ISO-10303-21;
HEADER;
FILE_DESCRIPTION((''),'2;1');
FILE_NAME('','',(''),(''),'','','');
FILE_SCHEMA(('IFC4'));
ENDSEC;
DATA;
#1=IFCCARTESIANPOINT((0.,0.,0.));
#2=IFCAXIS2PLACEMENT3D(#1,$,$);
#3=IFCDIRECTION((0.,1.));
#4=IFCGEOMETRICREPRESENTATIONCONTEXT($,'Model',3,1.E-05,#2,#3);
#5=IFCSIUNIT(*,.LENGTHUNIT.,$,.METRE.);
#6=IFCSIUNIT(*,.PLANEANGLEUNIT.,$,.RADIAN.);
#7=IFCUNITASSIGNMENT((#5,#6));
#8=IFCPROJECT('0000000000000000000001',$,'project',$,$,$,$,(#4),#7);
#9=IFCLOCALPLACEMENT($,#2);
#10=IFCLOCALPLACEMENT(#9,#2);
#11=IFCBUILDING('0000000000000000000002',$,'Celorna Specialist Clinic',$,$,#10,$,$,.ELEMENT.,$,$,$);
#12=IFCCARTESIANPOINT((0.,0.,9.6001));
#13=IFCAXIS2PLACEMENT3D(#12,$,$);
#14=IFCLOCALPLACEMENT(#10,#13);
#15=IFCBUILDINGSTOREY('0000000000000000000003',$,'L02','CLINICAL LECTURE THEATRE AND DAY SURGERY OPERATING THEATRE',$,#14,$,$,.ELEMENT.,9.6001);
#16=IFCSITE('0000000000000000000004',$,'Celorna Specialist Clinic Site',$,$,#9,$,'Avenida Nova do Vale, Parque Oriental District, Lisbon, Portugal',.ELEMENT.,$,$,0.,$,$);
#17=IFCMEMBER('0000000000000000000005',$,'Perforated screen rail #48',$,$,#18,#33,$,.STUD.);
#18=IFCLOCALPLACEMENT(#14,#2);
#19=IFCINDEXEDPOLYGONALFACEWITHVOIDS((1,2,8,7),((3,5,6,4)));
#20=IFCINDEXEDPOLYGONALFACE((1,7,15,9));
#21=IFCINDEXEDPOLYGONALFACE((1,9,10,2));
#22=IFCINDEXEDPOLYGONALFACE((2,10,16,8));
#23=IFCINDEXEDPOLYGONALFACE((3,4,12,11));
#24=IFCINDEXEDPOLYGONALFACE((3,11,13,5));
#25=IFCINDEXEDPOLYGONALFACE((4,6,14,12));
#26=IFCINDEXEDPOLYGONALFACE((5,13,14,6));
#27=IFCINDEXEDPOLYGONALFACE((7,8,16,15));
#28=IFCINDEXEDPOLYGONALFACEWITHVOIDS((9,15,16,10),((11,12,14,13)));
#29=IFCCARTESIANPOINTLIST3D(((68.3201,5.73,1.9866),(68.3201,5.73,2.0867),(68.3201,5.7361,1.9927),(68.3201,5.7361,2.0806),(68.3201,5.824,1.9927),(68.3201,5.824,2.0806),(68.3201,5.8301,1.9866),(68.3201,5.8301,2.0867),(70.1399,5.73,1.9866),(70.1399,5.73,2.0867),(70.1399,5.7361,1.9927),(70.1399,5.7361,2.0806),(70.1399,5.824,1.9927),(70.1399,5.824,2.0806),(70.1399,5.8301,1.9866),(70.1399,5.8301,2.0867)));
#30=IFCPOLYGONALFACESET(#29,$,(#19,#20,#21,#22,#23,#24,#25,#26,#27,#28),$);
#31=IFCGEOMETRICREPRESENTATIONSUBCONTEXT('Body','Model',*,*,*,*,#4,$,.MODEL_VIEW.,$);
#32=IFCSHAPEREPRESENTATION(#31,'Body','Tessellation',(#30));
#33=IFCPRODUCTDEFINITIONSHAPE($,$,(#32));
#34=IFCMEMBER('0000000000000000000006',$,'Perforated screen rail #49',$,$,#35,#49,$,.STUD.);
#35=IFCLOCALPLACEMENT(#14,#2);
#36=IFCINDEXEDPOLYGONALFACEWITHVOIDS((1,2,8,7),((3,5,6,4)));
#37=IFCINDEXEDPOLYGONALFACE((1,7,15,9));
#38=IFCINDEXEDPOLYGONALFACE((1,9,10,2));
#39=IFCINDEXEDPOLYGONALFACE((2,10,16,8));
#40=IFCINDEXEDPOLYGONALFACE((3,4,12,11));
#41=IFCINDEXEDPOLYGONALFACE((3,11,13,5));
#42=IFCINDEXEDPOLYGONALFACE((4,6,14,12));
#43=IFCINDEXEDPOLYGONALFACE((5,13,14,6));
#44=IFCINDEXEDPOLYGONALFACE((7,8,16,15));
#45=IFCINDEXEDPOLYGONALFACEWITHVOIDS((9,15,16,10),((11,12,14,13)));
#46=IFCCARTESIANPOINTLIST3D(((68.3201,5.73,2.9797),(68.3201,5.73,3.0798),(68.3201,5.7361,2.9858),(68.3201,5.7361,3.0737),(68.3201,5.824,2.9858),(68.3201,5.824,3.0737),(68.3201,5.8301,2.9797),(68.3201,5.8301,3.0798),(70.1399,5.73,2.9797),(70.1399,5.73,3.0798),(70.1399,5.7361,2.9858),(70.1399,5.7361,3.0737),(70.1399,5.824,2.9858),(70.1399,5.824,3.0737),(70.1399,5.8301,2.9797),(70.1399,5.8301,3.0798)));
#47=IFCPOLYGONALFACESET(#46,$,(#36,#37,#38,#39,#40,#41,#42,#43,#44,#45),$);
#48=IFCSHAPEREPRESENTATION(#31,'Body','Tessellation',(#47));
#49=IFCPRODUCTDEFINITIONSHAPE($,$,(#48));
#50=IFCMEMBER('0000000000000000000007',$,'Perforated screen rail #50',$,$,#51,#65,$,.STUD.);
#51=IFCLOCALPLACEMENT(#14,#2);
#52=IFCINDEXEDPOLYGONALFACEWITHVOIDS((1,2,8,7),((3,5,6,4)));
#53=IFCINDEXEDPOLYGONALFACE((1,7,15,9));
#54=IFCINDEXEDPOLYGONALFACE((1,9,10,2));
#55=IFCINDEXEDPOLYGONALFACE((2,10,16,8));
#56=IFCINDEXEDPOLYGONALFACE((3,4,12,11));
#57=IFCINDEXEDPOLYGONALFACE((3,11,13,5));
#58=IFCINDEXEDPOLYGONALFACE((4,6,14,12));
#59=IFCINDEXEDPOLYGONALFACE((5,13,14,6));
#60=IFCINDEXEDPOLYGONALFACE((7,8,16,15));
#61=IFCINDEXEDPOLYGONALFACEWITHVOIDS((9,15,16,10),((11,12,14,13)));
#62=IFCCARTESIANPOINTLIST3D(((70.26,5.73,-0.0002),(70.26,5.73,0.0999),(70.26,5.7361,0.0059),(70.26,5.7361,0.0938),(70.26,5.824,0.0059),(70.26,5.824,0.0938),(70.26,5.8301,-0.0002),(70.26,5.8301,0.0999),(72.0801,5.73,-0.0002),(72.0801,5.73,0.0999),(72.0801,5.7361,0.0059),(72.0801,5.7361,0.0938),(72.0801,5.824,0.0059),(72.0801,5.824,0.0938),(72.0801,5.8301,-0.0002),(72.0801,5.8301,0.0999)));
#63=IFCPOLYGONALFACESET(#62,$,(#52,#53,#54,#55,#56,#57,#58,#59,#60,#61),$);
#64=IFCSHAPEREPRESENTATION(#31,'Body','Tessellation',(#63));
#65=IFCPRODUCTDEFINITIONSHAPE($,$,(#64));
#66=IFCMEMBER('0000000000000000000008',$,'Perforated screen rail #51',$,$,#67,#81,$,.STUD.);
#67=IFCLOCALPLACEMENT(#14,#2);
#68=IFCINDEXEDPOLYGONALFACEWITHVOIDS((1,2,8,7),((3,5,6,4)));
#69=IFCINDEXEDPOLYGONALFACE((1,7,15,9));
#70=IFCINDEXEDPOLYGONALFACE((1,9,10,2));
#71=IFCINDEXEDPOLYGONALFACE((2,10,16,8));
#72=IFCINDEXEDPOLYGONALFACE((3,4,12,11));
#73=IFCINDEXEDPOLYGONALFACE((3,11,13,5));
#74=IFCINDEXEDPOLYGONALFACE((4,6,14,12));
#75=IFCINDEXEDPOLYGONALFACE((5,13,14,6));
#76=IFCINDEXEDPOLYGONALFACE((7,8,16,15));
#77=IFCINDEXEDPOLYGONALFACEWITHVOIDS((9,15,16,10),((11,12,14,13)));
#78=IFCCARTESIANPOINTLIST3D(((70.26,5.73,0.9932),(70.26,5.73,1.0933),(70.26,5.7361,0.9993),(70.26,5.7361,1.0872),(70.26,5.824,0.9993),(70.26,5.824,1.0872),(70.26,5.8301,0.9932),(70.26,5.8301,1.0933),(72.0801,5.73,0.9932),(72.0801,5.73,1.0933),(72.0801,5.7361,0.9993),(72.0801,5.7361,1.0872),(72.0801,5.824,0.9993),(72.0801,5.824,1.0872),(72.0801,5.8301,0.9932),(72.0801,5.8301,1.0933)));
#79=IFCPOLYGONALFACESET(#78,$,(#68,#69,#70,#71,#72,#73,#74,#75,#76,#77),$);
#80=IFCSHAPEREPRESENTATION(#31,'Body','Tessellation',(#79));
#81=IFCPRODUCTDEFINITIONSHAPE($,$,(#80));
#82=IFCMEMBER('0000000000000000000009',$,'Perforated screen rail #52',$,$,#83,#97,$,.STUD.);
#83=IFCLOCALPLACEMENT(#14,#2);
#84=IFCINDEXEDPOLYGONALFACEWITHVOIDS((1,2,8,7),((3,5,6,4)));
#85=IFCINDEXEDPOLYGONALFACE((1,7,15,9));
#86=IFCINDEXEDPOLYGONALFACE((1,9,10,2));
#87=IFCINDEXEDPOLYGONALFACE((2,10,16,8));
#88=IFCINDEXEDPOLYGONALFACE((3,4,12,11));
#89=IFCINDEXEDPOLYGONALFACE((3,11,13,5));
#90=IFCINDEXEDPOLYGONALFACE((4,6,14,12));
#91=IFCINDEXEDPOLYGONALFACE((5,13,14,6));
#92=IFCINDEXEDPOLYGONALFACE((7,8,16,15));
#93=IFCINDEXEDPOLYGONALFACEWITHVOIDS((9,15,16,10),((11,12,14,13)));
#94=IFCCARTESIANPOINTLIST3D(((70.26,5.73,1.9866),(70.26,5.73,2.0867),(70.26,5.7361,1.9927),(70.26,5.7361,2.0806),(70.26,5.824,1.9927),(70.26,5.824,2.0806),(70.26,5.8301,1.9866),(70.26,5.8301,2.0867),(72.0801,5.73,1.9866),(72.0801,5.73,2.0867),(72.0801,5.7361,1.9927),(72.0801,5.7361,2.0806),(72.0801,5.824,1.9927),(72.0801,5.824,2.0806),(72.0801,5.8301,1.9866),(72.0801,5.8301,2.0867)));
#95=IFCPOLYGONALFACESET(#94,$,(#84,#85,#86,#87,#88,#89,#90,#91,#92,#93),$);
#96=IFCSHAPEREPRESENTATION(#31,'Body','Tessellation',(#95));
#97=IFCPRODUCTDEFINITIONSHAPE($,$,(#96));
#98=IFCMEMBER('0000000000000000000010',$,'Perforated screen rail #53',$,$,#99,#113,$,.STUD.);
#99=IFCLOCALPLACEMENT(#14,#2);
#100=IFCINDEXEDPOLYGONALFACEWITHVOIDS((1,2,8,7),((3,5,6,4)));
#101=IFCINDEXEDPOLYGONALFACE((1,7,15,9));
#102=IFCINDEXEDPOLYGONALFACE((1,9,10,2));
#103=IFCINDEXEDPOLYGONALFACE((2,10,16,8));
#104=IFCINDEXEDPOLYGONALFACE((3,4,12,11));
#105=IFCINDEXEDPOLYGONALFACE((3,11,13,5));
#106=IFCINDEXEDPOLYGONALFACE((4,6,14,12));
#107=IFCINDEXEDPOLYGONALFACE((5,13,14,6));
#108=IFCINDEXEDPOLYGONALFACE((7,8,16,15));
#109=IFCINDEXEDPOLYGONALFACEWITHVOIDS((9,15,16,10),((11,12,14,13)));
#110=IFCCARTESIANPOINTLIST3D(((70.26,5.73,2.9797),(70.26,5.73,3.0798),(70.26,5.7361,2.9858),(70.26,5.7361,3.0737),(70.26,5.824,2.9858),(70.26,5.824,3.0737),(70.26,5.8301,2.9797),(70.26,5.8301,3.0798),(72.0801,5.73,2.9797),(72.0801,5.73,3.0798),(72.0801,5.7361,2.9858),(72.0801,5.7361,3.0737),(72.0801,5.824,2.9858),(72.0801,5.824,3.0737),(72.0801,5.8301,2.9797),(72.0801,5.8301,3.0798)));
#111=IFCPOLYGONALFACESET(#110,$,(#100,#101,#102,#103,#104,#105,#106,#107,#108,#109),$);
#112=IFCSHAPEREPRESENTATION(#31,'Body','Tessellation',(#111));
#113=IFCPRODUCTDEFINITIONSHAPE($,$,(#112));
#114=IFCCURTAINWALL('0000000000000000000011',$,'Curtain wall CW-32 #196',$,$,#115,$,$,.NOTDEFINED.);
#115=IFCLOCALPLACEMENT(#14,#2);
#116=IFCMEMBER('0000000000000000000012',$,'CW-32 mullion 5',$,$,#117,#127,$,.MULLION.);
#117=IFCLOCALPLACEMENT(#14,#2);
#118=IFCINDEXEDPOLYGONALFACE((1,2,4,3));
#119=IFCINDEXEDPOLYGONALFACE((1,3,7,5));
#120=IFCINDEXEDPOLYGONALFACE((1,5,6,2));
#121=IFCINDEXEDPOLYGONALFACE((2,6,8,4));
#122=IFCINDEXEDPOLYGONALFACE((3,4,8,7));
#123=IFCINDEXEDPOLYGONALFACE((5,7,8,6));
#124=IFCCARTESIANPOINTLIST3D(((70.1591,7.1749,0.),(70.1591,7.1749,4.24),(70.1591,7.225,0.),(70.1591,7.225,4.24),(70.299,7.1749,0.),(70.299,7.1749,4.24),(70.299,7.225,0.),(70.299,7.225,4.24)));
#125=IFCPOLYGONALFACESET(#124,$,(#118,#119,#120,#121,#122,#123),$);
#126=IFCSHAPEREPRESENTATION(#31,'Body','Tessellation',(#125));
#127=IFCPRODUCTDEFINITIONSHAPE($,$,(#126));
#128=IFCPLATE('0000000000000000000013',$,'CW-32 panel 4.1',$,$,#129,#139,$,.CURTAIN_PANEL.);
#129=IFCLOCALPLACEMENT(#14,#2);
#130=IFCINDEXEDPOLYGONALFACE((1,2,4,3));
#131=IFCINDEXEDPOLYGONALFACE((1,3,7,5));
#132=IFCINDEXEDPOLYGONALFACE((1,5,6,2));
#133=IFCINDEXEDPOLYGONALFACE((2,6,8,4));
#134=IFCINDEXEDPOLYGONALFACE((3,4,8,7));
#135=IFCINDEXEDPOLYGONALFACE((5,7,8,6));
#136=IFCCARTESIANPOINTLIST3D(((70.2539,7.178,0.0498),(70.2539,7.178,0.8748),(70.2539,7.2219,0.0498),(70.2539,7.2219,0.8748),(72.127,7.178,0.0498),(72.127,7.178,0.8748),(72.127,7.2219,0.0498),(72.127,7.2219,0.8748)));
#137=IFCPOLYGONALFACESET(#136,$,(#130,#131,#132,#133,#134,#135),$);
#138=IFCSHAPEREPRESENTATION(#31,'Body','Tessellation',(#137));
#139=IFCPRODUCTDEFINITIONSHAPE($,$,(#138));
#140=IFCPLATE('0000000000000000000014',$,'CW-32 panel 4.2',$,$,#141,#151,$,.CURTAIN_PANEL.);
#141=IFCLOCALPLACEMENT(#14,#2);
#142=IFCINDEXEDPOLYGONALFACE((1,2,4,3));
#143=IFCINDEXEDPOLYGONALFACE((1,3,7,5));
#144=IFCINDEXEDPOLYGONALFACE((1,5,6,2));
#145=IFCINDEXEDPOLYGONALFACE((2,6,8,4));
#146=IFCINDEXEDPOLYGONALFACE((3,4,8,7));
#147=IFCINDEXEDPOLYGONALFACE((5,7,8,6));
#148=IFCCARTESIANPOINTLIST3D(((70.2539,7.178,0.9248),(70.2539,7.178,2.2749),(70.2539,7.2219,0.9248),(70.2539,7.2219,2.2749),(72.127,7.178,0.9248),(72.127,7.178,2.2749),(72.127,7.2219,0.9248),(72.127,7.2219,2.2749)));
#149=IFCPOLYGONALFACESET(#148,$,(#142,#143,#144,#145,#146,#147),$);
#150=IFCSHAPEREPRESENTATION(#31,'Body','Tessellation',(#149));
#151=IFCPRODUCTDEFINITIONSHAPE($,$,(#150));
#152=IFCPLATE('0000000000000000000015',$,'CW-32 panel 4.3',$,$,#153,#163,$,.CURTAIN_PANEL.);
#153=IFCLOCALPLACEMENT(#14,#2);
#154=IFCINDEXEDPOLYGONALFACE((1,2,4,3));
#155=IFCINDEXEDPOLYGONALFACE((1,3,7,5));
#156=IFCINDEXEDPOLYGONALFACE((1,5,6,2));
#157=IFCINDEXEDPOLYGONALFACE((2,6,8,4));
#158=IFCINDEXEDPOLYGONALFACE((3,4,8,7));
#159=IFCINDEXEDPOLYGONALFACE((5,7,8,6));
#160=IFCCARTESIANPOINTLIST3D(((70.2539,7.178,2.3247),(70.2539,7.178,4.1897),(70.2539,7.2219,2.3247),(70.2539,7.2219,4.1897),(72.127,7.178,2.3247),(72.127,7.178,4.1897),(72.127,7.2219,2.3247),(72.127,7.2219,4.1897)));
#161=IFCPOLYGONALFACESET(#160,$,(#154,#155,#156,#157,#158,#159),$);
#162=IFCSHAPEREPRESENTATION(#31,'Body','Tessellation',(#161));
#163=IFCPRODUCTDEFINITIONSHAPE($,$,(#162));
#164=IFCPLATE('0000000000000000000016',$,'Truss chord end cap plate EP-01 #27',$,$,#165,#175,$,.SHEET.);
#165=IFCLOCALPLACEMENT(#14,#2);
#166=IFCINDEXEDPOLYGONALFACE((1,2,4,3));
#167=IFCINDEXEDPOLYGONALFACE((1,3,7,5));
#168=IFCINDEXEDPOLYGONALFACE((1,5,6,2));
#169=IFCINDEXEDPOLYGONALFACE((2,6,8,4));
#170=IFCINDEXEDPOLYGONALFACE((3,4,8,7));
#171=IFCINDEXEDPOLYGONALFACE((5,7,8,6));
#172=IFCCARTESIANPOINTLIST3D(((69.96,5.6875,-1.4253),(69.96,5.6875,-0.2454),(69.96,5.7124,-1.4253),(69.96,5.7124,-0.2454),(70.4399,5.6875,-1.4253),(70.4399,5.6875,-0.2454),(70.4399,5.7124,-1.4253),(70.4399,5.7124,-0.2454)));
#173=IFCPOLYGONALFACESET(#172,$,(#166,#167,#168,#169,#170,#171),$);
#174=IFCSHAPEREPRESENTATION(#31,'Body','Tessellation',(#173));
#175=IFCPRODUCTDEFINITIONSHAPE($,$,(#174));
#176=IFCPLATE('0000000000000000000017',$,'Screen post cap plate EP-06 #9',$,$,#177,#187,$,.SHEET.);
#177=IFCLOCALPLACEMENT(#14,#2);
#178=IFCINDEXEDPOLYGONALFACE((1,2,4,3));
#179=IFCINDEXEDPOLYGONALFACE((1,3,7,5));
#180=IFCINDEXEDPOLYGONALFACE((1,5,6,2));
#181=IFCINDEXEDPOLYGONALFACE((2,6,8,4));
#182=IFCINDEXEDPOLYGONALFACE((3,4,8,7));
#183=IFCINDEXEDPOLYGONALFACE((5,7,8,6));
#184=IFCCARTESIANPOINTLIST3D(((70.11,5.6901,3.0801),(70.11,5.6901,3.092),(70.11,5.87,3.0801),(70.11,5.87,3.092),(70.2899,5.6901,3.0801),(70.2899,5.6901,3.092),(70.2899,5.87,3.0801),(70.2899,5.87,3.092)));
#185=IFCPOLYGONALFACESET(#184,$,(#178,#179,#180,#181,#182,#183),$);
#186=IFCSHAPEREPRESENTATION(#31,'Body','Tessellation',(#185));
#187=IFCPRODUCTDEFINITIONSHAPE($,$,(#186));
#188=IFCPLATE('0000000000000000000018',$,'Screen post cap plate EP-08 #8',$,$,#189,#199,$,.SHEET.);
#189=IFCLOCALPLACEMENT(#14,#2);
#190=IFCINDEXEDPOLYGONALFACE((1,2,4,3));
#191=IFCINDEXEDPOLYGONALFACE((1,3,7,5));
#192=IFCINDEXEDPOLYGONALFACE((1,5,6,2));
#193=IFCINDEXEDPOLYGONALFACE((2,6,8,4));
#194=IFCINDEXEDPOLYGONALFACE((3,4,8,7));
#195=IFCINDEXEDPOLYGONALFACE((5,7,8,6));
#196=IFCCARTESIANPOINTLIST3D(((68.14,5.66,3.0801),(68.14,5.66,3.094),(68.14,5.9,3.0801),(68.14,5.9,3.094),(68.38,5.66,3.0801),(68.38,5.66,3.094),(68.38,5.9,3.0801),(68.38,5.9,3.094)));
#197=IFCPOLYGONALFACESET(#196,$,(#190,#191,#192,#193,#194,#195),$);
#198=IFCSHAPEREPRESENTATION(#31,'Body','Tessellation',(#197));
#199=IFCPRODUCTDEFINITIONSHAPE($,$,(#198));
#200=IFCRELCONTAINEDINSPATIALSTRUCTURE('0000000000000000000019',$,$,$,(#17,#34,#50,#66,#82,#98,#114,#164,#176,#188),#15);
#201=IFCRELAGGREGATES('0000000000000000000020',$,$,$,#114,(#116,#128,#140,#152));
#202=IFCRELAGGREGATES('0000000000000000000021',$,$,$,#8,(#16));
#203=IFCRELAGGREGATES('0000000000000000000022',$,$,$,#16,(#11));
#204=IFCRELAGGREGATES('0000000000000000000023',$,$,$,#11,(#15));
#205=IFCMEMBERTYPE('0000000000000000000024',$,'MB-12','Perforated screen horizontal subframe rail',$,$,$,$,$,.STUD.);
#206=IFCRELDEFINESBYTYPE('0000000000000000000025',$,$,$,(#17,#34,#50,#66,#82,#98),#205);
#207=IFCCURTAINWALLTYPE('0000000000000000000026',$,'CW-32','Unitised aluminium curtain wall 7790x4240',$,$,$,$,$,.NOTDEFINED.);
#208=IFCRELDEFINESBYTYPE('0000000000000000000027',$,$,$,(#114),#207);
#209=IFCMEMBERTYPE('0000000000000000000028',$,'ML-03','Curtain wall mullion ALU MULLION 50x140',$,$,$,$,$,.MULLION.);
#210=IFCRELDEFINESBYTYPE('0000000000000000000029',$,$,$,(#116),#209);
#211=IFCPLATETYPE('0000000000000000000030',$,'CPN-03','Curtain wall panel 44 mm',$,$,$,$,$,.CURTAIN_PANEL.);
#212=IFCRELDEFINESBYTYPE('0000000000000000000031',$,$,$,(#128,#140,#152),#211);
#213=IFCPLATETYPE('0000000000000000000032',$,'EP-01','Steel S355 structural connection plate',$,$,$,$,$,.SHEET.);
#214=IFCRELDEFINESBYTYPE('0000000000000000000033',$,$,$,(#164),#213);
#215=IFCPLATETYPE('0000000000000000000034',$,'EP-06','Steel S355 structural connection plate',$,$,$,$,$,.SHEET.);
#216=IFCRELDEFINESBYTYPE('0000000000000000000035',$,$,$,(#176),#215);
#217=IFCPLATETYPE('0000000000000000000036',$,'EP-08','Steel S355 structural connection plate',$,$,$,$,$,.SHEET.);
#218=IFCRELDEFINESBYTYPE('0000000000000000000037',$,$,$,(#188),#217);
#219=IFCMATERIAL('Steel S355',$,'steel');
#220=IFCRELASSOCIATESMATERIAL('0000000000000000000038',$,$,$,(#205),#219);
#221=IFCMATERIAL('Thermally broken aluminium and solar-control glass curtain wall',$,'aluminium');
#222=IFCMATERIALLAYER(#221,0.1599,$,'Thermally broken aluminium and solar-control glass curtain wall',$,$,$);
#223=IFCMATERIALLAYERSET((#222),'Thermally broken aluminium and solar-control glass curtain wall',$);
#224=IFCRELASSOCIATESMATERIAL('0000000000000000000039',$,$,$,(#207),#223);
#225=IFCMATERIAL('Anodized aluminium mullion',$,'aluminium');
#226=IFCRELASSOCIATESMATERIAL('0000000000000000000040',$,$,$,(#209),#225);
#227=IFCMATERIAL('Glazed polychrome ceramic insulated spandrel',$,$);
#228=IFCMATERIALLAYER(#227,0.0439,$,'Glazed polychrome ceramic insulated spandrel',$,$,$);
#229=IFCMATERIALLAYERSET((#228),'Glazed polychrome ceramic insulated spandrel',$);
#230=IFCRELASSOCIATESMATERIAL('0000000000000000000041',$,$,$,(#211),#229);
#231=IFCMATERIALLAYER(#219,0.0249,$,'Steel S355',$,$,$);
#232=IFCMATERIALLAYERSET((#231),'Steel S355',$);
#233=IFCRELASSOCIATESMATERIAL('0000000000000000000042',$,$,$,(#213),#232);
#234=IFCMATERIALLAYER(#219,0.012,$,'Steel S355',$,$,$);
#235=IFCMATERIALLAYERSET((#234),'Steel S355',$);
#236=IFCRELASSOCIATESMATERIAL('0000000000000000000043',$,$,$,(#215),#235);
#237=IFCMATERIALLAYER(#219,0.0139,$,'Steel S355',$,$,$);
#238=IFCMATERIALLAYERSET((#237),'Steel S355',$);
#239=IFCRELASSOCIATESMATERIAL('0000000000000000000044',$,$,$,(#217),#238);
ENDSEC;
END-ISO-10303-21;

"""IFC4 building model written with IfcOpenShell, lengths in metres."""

from ifc_helpers import new_model, si_unit, direction, frame, origin, origin_2d, place, context, subcontext, project, spatial, rectangle, hollow_rectangle, extrude, material, layer, layer_set, material_profile, profile_set, type_object, element, aggregate, save


model = new_model("IFC4")

# Units and contexts
model_context = context("Model", 3, precision=1e-05, world=origin(), true_north=direction((0.0, 1.0)))
body_context = subcontext(model_context, "Body", "Model", "MODEL_VIEW")
ifc_project = project(units=[si_unit("LENGTHUNIT", "METRE"), si_unit("PLANEANGLEUNIT", "RADIAN")], contexts=[model_context])

# Site, building, storey
site_placement = place(None, origin())
site = spatial("IfcSite", under=ifc_project, at=site_placement, Name="Celorna Specialist Clinic Site", LongName="Avenida Nova do Vale, Parque Oriental District, Lisbon, Portugal", CompositionType="ELEMENT", RefElevation=0.0)
building_placement = place(site_placement, origin())
building = spatial("IfcBuilding", under=site, at=building_placement, Name="Celorna Specialist Clinic", CompositionType="ELEMENT")
storey_placement = place(building_placement, frame((0.0, 0.0, 9.6001)))
storey = spatial("IfcBuildingStorey", under=building, at=storey_placement, Name="L02", Description="CLINICAL LECTURE THEATRE AND DAY SURGERY OPERATING THEATRE", CompositionType="ELEMENT", Elevation=9.6001)

# Shared definitions
ifc_material_1 = material(Name="Steel S355", Category="steel")

# Members
ifc_material_profile_1 = material_profile(ifc_material_1, hollow_rectangle(XDim=0.1001, YDim=0.1001, WallThickness=0.0061, at=origin_2d()), Name="SHS 100x100x6")
ifc_profile_set_1 = profile_set([ifc_material_profile_1], Name="Steel S355")
member_type_1 = type_object("IfcMemberType", Name="MB-12", Description="Perforated screen horizontal subframe rail", PredefinedType="STUD", material=ifc_profile_set_1)
for number, where, z_axis, x_axis, name in (
    (1, (68.3201, 5.78, 2.0366), (1.0, 0.0, 0.0), (0.0, 1.0, 0.0), "Perforated screen rail #48"),
    (2, (68.3201, 5.78, 3.0298), (1.0, 0.0, 0.0), (0.0, 1.0, 0.0), "Perforated screen rail #49"),
):
    element("IfcMember", number, at=place(storey_placement, frame(where, z_axis=z_axis, x_axis=x_axis)), inside=storey, type_object=member_type_1, Name=name, PredefinedType="STUD", context=body_context, shape_type="SweptSolid", body=[
        extrude(hollow_rectangle(XDim=0.1001, YDim=0.1001, WallThickness=0.0061, at=origin_2d()), origin(), (0.0, 0.0, 1.0), 1.8198),
    ])
for number, where, z_axis, x_axis, name in (
    (3, (70.26, 5.78, 0.0498), (1.0, 0.0, 0.0), (0.0, 1.0, 0.0), "Perforated screen rail #50"),
    (4, (70.26, 5.78, 1.0432), (1.0, 0.0, 0.0), (0.0, 1.0, 0.0), "Perforated screen rail #51"),
    (5, (70.26, 5.78, 2.0366), (1.0, 0.0, 0.0), (0.0, 1.0, 0.0), "Perforated screen rail #52"),
    (6, (70.26, 5.78, 3.0298), (1.0, 0.0, 0.0), (0.0, 1.0, 0.0), "Perforated screen rail #53"),
):
    element("IfcMember", number, at=place(storey_placement, frame(where, z_axis=z_axis, x_axis=x_axis)), inside=storey, type_object=member_type_1, Name=name, PredefinedType="STUD", context=body_context, shape_type="SweptSolid", body=[
        extrude(hollow_rectangle(XDim=0.1001, YDim=0.1001, WallThickness=0.0061, at=origin_2d()), origin(), (0.0, 0.0, 1.0), 1.8201),
    ])

# Curtain wall, member, plates
ifc_material_2 = material(Name="Thermally broken aluminium and solar-control glass curtain wall", Category="aluminium")
ifc_layer_1 = layer(ifc_material_2, 0.1599, Name="Thermally broken aluminium and solar-control glass curtain wall")
ifc_layer_set_1 = layer_set([ifc_layer_1], Name="Thermally broken aluminium and solar-control glass curtain wall")
curtain_wall_type = type_object("IfcCurtainWallType", Name="CW-32", Description="Unitised aluminium curtain wall 7790x4240", PredefinedType="NOTDEFINED", material=ifc_layer_set_1)
curtain_wall_placement = place(storey_placement, origin())
curtain_wall = element("IfcCurtainWall", 7, at=curtain_wall_placement, inside=storey, type_object=curtain_wall_type, Name="Curtain wall CW-32 #196", PredefinedType="NOTDEFINED")
ifc_material_3 = material(Name="Anodized aluminium mullion", Category="aluminium")
ifc_material_profile_2 = material_profile(ifc_material_3, rectangle(XDim=0.05, YDim=0.1399, at=origin_2d()), Name="ALU MULLION 50x140")
ifc_profile_set_2 = profile_set([ifc_material_profile_2], Name="Anodized aluminium mullion")
member_type_2 = type_object("IfcMemberType", Name="ML-03", Description="Curtain wall mullion ALU MULLION 50x140", PredefinedType="MULLION", material=ifc_profile_set_2)
member_1_placement = place(storey_placement, frame((70.229, 7.2, 0.0), z_axis=(0.0, 0.0, 1.0), x_axis=(0.0, -1.0, 0.0)))
member_1 = element("IfcMember", 8, at=member_1_placement, type_object=member_type_2, Name="CW-32 mullion 5", PredefinedType="MULLION", context=body_context, shape_type="SweptSolid", body=[
    extrude(rectangle(XDim=0.05, YDim=0.1399, at=origin_2d()), origin(), (0.0, 0.0, 1.0), 4.24),
])
ifc_material_4 = material(Name="Glazed polychrome ceramic insulated spandrel")
ifc_layer_2 = layer(ifc_material_4, 0.0439, Name="Glazed polychrome ceramic insulated spandrel")
ifc_layer_set_2 = layer_set([ifc_layer_2], Name="Glazed polychrome ceramic insulated spandrel")
plate_type_1 = type_object("IfcPlateType", Name="CPN-03", Description="Curtain wall panel 44 mm", PredefinedType="CURTAIN_PANEL", material=ifc_layer_set_2)
plate_1_placement = place(storey_placement, frame((71.1904, 7.2, 0.0498), z_axis=(0.0, 0.0, 1.0), x_axis=(-1.0, 0.0, 0.0)))
plate_1 = element("IfcPlate", 9, at=plate_1_placement, type_object=plate_type_1, Name="CW-32 panel 4.1", PredefinedType="CURTAIN_PANEL", context=body_context, shape_type="SweptSolid", body=[
    extrude(rectangle(XDim=1.873, YDim=0.0439, at=origin_2d()), origin(), (0.0, 0.0, 1.0), 0.825),
])
plate_2_placement = place(storey_placement, frame((71.1904, 7.2, 0.9248), z_axis=(0.0, 0.0, 1.0), x_axis=(-1.0, 0.0, 0.0)))
plate_2 = element("IfcPlate", 10, at=plate_2_placement, type_object=plate_type_1, Name="CW-32 panel 4.2", PredefinedType="CURTAIN_PANEL", context=body_context, shape_type="SweptSolid", body=[
    extrude(rectangle(XDim=1.873, YDim=0.0439, at=origin_2d()), origin(), (0.0, 0.0, 1.0), 1.3501),
])
plate_3_placement = place(storey_placement, frame((71.1904, 7.2, 2.3247), z_axis=(0.0, 0.0, 1.0), x_axis=(-1.0, 0.0, 0.0)))
plate_3 = element("IfcPlate", 11, at=plate_3_placement, type_object=plate_type_1, Name="CW-32 panel 4.3", PredefinedType="CURTAIN_PANEL", context=body_context, shape_type="SweptSolid", body=[
    extrude(rectangle(XDim=1.873, YDim=0.0439, at=origin_2d()), origin(), (0.0, 0.0, 1.0), 1.865),
])
aggregate(curtain_wall, [member_1, plate_1, plate_2, plate_3])

# Plates
ifc_layer_3 = layer(ifc_material_1, 0.0249, Name="Steel S355")
ifc_layer_set_3 = layer_set([ifc_layer_3], Name="Steel S355")
plate_type_2 = type_object("IfcPlateType", Name="EP-01", Description="Steel S355 structural connection plate", PredefinedType="SHEET", material=ifc_layer_set_3)
plate_4_placement = place(storey_placement, frame((70.2, 5.7, -1.4253), z_axis=(0.0, 0.0, 1.0), x_axis=(1.0, 0.0, 0.0)))
element("IfcPlate", 12, at=plate_4_placement, inside=storey, type_object=plate_type_2, Name="Truss chord end cap plate EP-01 #27", PredefinedType="SHEET", context=body_context, shape_type="SweptSolid", body=[
    extrude(rectangle(XDim=0.48, YDim=0.0249, at=origin_2d()), origin(), (0.0, 0.0, 1.0), 1.1799),
])
ifc_layer_4 = layer(ifc_material_1, 0.012, Name="Steel S355")
ifc_layer_set_4 = layer_set([ifc_layer_4], Name="Steel S355")
plate_type_3 = type_object("IfcPlateType", Name="EP-06", Description="Steel S355 structural connection plate", PredefinedType="SHEET", material=ifc_layer_set_4)
plate_5_placement = place(storey_placement, frame((70.2, 5.78, 3.0801), z_axis=(0.0, 0.0, 1.0), x_axis=(1.0, 0.0, 0.0)))
element("IfcPlate", 13, at=plate_5_placement, inside=storey, type_object=plate_type_3, Name="Screen post cap plate EP-06 #9", PredefinedType="SHEET", context=body_context, shape_type="SweptSolid", body=[
    extrude(rectangle(XDim=0.1799, YDim=0.1799, at=origin_2d()), origin(), (0.0, 0.0, 1.0), 0.012),
])
ifc_layer_5 = layer(ifc_material_1, 0.0139, Name="Steel S355")
ifc_layer_set_5 = layer_set([ifc_layer_5], Name="Steel S355")
plate_type_4 = type_object("IfcPlateType", Name="EP-08", Description="Steel S355 structural connection plate", PredefinedType="SHEET", material=ifc_layer_set_5)
plate_6_placement = place(storey_placement, frame((68.26, 5.78, 3.0801), z_axis=(0.0, 0.0, 1.0), x_axis=(1.0, 0.0, 0.0)))
element("IfcPlate", 14, at=plate_6_placement, inside=storey, type_object=plate_type_4, Name="Screen post cap plate EP-08 #8", PredefinedType="SHEET", context=body_context, shape_type="SweptSolid", body=[
    extrude(rectangle(XDim=0.24, YDim=0.24, at=origin_2d()), origin(), (0.0, 0.0, 1.0), 0.0139),
])

save(model, "model.ifc")
